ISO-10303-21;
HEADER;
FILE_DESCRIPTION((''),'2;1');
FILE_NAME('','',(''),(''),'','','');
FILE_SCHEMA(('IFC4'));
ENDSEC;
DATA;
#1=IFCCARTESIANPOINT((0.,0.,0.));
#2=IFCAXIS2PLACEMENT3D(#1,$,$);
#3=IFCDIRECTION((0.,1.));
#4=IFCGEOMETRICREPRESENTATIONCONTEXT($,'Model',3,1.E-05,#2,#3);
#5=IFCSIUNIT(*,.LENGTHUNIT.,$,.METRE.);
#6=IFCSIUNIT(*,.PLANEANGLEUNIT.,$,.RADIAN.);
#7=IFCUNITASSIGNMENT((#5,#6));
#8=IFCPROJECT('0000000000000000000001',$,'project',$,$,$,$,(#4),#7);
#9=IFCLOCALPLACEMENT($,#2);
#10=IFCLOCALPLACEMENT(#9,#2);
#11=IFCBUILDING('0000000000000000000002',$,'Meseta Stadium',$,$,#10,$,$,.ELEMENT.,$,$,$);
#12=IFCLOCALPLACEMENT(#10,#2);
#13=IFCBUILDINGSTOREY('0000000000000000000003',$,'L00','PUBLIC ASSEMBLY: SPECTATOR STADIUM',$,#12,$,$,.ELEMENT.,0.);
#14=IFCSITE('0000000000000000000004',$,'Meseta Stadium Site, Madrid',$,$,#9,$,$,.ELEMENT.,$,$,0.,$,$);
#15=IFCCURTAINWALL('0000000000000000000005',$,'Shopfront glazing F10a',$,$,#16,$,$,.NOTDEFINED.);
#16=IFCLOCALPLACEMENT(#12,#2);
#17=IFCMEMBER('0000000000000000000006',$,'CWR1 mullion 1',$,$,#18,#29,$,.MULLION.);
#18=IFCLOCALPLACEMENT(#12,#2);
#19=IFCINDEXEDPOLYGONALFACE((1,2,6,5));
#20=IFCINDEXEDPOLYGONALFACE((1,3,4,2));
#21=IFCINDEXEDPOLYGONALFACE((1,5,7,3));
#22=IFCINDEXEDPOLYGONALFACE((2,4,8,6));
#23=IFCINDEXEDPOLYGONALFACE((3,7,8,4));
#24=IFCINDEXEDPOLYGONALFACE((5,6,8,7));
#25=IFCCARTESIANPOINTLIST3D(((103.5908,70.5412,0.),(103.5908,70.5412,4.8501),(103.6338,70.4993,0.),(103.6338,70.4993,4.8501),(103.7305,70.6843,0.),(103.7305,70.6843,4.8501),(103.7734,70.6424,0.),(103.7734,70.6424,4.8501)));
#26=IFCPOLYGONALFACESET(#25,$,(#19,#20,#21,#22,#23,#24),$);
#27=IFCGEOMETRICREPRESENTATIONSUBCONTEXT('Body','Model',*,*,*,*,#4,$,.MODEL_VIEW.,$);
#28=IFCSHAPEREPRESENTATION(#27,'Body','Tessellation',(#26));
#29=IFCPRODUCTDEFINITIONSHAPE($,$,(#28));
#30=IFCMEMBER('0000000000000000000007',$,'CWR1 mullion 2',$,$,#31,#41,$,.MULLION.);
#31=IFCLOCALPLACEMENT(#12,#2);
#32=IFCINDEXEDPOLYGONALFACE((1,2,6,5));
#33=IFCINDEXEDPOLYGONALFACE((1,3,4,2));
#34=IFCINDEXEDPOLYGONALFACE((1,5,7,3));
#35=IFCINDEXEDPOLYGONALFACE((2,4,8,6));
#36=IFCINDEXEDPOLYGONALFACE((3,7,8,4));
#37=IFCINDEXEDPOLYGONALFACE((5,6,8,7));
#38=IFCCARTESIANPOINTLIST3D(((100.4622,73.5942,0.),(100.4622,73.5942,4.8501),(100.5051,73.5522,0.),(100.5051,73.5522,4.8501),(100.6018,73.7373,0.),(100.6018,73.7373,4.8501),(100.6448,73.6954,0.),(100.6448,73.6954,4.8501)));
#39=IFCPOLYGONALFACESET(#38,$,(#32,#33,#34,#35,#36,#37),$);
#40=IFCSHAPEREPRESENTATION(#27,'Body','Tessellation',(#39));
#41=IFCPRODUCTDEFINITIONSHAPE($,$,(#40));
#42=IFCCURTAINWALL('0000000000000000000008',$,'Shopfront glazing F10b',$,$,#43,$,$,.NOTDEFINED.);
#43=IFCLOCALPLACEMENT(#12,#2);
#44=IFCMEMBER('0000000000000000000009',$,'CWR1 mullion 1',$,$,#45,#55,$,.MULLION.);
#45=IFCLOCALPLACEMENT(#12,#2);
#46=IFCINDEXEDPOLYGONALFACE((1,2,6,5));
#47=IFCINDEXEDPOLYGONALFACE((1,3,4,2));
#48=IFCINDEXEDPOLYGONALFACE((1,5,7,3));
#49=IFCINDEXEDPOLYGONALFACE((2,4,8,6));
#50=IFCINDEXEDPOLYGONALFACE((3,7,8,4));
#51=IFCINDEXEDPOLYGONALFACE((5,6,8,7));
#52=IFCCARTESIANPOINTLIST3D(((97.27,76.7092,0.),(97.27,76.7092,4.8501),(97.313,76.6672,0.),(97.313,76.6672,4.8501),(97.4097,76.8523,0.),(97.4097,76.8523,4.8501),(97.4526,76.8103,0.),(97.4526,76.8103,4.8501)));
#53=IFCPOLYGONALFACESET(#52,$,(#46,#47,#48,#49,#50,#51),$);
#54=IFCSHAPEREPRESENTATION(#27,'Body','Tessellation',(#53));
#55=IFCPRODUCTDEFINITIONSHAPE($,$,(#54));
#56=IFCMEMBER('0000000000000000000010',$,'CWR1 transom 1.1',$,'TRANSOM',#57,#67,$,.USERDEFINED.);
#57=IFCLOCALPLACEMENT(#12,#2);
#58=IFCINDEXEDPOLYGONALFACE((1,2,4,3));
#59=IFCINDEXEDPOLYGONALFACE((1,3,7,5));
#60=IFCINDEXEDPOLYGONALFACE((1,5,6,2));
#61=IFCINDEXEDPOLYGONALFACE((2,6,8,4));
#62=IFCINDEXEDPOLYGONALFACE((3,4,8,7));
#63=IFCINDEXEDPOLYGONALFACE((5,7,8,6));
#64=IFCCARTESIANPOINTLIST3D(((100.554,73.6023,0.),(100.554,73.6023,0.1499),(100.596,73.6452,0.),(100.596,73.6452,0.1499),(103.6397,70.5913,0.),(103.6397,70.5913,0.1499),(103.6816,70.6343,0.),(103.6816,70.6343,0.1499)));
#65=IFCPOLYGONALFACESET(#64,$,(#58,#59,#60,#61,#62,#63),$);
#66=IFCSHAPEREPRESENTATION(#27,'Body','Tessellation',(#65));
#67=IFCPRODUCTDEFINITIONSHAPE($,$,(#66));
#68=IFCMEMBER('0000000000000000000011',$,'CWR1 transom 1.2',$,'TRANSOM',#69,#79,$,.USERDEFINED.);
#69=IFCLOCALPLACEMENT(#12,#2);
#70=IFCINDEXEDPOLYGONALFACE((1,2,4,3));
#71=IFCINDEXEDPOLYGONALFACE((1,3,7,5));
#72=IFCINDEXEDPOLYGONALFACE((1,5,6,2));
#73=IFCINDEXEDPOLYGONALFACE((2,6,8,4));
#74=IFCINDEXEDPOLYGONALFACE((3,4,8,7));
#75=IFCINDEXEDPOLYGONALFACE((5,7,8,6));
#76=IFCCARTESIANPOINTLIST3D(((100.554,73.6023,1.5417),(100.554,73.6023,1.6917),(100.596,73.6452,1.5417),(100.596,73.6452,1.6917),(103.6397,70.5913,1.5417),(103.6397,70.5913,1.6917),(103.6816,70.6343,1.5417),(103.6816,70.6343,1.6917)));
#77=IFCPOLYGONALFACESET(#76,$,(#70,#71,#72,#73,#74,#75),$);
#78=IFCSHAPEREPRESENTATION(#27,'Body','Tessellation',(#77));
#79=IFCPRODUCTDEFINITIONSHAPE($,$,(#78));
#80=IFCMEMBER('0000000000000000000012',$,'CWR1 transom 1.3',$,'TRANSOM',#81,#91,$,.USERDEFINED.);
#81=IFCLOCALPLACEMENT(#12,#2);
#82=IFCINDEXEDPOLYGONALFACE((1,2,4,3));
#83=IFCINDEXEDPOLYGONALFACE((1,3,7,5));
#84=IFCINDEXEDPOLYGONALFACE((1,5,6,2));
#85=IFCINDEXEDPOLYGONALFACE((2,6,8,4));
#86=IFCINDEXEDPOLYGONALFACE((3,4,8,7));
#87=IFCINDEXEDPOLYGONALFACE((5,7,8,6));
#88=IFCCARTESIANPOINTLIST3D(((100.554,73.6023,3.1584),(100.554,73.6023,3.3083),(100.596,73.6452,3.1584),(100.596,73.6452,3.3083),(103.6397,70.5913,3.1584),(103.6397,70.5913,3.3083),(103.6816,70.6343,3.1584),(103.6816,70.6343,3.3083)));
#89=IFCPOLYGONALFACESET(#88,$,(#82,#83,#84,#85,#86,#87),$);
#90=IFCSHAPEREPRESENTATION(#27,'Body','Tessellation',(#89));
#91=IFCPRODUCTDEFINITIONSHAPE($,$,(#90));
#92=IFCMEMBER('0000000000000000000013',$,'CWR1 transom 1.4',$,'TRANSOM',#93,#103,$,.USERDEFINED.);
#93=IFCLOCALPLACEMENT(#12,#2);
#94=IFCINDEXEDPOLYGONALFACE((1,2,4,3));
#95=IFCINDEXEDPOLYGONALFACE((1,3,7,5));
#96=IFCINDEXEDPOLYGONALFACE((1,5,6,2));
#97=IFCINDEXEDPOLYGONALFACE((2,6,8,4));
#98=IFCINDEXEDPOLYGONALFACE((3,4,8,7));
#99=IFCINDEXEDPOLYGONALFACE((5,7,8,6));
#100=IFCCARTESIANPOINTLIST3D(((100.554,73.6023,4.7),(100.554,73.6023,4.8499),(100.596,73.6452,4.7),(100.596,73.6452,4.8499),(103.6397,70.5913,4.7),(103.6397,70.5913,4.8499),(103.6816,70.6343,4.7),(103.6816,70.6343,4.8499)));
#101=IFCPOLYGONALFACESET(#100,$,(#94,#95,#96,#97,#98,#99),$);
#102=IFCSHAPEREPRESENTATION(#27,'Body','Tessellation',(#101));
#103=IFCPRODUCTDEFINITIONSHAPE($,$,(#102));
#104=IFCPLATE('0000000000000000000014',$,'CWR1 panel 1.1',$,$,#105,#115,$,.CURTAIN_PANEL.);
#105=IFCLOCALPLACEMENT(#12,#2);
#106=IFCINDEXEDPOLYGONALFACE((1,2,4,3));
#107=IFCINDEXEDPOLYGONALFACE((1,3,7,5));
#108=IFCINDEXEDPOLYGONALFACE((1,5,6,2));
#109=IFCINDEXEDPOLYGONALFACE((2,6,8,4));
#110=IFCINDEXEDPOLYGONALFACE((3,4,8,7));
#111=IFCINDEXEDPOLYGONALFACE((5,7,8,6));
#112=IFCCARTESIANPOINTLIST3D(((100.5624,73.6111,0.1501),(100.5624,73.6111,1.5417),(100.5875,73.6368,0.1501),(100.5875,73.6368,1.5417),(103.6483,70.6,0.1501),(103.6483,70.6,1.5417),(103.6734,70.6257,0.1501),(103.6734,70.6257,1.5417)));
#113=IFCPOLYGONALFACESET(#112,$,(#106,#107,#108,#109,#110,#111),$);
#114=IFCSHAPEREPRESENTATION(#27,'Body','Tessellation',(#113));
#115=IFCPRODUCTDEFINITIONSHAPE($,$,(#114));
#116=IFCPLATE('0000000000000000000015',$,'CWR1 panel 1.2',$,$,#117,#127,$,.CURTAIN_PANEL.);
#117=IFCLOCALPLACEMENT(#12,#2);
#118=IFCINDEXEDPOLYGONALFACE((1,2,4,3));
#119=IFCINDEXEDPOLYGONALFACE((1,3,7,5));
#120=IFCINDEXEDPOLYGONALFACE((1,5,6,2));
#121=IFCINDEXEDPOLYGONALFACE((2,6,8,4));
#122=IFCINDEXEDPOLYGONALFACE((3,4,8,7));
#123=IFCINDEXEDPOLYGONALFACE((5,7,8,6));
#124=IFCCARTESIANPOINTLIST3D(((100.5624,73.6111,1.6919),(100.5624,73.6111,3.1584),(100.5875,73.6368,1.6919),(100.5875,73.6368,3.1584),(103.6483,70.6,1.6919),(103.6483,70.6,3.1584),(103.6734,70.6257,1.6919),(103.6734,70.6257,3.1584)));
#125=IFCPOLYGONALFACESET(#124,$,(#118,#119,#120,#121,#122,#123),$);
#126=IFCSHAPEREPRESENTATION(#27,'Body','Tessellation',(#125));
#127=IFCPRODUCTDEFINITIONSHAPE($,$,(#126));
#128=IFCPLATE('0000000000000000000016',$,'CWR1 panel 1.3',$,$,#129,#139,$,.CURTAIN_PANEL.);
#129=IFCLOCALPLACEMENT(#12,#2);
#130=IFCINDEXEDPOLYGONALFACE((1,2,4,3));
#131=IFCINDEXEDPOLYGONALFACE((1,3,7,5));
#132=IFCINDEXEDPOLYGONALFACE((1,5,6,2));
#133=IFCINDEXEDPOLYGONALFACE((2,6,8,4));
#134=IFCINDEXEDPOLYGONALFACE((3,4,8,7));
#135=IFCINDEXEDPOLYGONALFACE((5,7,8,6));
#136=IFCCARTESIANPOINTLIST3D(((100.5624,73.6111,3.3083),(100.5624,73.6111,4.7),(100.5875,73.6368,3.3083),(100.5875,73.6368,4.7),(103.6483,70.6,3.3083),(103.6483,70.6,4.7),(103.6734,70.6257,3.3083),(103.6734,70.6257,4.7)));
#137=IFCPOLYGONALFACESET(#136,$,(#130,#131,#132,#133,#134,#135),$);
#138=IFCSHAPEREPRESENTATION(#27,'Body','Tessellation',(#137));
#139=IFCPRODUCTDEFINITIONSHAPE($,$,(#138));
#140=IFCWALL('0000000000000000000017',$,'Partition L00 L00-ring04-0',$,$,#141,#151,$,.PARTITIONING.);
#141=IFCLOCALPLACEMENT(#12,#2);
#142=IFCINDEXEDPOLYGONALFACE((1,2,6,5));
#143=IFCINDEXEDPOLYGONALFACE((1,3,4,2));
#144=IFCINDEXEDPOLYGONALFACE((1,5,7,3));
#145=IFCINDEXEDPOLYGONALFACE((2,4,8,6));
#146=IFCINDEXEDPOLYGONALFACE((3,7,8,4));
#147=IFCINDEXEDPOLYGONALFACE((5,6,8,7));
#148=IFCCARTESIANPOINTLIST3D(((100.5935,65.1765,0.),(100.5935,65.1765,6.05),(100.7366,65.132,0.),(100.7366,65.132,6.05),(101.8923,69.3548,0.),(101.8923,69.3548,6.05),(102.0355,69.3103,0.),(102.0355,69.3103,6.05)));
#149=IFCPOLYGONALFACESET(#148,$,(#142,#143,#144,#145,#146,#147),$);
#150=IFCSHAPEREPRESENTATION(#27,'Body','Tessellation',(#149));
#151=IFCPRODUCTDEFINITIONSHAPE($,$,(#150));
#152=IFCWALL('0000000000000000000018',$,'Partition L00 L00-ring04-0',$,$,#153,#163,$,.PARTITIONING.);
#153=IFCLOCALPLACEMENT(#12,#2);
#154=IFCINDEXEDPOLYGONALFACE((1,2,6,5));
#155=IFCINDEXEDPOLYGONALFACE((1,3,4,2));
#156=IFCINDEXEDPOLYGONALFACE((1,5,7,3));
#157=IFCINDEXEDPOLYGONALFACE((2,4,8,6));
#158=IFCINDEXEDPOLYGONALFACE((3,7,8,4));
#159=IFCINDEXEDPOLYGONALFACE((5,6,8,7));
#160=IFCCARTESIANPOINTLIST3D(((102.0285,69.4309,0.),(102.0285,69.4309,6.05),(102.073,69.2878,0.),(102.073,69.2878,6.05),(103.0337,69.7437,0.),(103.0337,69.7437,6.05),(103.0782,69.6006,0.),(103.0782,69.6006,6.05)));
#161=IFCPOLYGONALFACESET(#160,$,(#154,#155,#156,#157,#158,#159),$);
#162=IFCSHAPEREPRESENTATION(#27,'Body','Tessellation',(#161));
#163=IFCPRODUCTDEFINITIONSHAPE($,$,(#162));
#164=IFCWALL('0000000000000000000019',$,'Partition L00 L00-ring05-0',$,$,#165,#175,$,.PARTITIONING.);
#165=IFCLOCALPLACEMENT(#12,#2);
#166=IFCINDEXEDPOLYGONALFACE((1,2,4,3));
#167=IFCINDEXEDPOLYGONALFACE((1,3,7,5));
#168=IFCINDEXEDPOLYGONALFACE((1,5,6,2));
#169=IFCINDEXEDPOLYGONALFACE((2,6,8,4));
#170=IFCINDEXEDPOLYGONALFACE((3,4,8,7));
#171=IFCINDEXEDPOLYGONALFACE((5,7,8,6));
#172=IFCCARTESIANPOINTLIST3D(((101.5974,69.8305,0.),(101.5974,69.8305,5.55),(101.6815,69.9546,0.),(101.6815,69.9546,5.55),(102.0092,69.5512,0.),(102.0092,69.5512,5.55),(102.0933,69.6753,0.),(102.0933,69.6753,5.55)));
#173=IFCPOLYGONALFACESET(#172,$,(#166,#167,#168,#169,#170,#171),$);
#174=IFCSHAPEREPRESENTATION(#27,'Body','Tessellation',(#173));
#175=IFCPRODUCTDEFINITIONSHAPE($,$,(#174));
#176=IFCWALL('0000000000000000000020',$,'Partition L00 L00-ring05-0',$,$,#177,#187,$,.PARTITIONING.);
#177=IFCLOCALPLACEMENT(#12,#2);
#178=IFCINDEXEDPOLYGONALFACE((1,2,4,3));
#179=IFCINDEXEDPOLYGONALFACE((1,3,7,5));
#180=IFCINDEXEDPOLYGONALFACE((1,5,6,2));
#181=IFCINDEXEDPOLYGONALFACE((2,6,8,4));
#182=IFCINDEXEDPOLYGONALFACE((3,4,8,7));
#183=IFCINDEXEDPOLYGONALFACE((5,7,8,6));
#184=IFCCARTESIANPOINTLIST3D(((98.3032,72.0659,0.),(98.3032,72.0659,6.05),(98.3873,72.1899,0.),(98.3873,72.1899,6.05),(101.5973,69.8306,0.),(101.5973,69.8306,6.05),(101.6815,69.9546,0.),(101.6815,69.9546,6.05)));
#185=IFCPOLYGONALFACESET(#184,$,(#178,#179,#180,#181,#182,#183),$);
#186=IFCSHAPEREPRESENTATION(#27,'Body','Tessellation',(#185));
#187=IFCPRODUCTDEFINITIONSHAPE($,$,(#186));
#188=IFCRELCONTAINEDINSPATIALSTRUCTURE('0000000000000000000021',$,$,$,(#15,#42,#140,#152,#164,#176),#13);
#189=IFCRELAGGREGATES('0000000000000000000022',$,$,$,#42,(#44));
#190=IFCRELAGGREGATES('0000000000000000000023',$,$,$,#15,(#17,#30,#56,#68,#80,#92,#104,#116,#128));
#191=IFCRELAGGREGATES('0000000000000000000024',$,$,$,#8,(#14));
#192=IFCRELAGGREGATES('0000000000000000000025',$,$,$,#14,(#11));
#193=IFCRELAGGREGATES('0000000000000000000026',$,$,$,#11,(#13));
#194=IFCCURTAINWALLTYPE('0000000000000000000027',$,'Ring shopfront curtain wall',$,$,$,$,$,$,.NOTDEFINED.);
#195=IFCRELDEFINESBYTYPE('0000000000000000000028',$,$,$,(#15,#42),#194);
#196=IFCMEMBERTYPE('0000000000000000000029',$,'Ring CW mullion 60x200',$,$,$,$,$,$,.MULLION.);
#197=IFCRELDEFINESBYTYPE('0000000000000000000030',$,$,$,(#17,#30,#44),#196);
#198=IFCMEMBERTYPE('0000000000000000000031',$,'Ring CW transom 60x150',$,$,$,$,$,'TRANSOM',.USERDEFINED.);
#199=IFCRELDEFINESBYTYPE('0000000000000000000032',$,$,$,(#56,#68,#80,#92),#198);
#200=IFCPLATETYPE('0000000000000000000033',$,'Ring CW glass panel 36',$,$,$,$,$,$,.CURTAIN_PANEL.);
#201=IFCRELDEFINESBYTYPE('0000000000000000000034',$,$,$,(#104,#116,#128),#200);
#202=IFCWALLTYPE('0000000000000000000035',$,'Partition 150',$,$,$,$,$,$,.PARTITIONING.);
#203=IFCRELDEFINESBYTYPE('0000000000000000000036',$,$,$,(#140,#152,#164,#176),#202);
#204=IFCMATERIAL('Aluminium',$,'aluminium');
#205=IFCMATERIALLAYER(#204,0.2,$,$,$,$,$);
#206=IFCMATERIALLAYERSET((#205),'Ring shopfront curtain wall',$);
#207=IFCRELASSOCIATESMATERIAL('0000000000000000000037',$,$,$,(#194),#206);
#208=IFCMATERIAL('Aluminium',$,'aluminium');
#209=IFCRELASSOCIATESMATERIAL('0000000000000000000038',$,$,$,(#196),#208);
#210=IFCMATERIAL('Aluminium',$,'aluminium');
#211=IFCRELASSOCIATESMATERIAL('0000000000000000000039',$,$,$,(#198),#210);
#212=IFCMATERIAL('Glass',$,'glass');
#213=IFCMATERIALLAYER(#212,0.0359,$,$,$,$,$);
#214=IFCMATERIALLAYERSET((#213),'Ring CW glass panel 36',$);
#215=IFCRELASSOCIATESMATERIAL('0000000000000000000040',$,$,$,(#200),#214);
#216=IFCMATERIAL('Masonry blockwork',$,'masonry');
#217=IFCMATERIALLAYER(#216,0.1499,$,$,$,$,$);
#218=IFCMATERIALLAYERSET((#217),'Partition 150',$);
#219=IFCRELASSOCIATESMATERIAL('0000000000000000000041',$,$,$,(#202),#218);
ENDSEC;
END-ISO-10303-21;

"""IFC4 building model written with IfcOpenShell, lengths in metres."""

from ifc_helpers import new_model, si_unit, direction, frame, frame_2d, origin, origin_2d, place, context, subcontext, project, spatial, rectangle, extrude, material, layer, layer_set, material_profile, profile_set, type_object, element, aggregate, save


model = new_model("IFC4")

# Units and contexts
model_context = context("Model", 3, precision=1e-05, world=origin(), true_north=direction((0.0, 1.0)))
body_context = subcontext(model_context, "Body", "Model", "MODEL_VIEW")
ifc_project = project(units=[si_unit("LENGTHUNIT", "METRE"), si_unit("PLANEANGLEUNIT", "RADIAN")], contexts=[model_context])

# Site, building, storey
site_placement = place(None, origin())
site = spatial("IfcSite", under=ifc_project, at=site_placement, Name="Meseta Stadium Site, Madrid", CompositionType="ELEMENT", RefElevation=0.0)
building_placement = place(site_placement, origin())
building = spatial("IfcBuilding", under=site, at=building_placement, Name="Meseta Stadium", CompositionType="ELEMENT")
storey_placement = place(building_placement, origin())
storey = spatial("IfcBuildingStorey", under=building, at=storey_placement, Name="L00", Description="PUBLIC ASSEMBLY: SPECTATOR STADIUM", CompositionType="ELEMENT", Elevation=0.0)

# Curtain wall, members
ifc_material_1 = material(Name="Aluminium", Category="aluminium")
ifc_layer_1 = layer(ifc_material_1, 0.2)
ifc_layer_set_1 = layer_set([ifc_layer_1], Name="Ring shopfront curtain wall")
curtain_wall_type = type_object("IfcCurtainWallType", Name="Ring shopfront curtain wall", PredefinedType="NOTDEFINED", material=ifc_layer_set_1)
curtain_wall_1_placement = place(storey_placement, origin())
curtain_wall_1 = element("IfcCurtainWall", 1, at=curtain_wall_1_placement, inside=storey, type_object=curtain_wall_type, Name="Shopfront glazing F10a", PredefinedType="NOTDEFINED")
ifc_material_2 = material(Name="Aluminium", Category="aluminium")
ifc_material_profile_1 = material_profile(ifc_material_2, rectangle(XDim=0.2, YDim=0.0601, at=origin_2d()), Name="CW 200x60")
ifc_profile_set_1 = profile_set([ifc_material_profile_1], Name="Aluminium")
member_type_1 = type_object("IfcMemberType", Name="Ring CW mullion 60x200", PredefinedType="MULLION", material=ifc_profile_set_1)
member_1_placement = place(storey_placement, frame((103.6821, 70.5918, 0.0), z_axis=(0.0, 0.0, 1.0), x_axis=(-0.698377, -0.71573, 0.0)))
member_1 = element("IfcMember", 2, at=member_1_placement, type_object=member_type_1, Name="CWR1 mullion 1", PredefinedType="MULLION", context=body_context, shape_type="SweptSolid", body=[
    extrude(rectangle(XDim=0.2, YDim=0.0601, at=origin_2d()), origin(), (0.0, 0.0, 1.0), 4.8501),
])
member_2_placement = place(storey_placement, frame((100.5535, 73.6448, 0.0), z_axis=(0.0, 0.0, 1.0), x_axis=(-0.698377, -0.71573, 0.0)))
member_2 = element("IfcMember", 3, at=member_2_placement, type_object=member_type_1, Name="CWR1 mullion 2", PredefinedType="MULLION", context=body_context, shape_type="SweptSolid", body=[
    extrude(rectangle(XDim=0.2, YDim=0.0601, at=origin_2d()), origin(), (0.0, 0.0, 1.0), 4.8501),
])

# Curtain wall, member
curtain_wall_2_placement = place(storey_placement, origin())
curtain_wall_2 = element("IfcCurtainWall", 4, at=curtain_wall_2_placement, inside=storey, type_object=curtain_wall_type, Name="Shopfront glazing F10b", PredefinedType="NOTDEFINED")
member_3_placement = place(storey_placement, frame((97.3613, 76.7598, 0.0), z_axis=(0.0, 0.0, 1.0), x_axis=(-0.698389, -0.715719, 0.0)))
member_3 = element("IfcMember", 5, at=member_3_placement, type_object=member_type_1, Name="CWR1 mullion 1", PredefinedType="MULLION", context=body_context, shape_type="SweptSolid", body=[
    extrude(rectangle(XDim=0.2, YDim=0.0601, at=origin_2d()), origin(), (0.0, 0.0, 1.0), 4.8501),
])
aggregate(curtain_wall_2, [member_3])

# Members
ifc_material_3 = material(Name="Aluminium", Category="aluminium")
ifc_material_profile_2 = material_profile(ifc_material_3, rectangle(XDim=0.0601, YDim=0.1499, at=origin_2d()), Name="CW 60x150")
ifc_profile_set_2 = profile_set([ifc_material_profile_2], Name="Aluminium")
member_type_2 = type_object("IfcMemberType", Name="Ring CW transom 60x150", ElementType="TRANSOM", PredefinedType="USERDEFINED", material=ifc_profile_set_2)
member_4_placement = place(storey_placement, frame((103.6606, 70.6128, 0.075), z_axis=(-0.715718, 0.69839, 0.0), x_axis=(-0.69839, -0.715718, 0.0)))
member_4 = element("IfcMember", 6, at=member_4_placement, type_object=member_type_2, Name="CWR1 transom 1.1", ObjectType="TRANSOM", PredefinedType="USERDEFINED", context=body_context, shape_type="SweptSolid", body=[
    extrude(rectangle(XDim=0.0601, YDim=0.1499, at=origin_2d()), origin(), (0.0, 0.0, 1.0), 4.3113),
])
member_5_placement = place(storey_placement, frame((103.6606, 70.6128, 1.6167), z_axis=(-0.715718, 0.69839, 0.0), x_axis=(-0.69839, -0.715718, 0.0)))
member_5 = element("IfcMember", 7, at=member_5_placement, type_object=member_type_2, Name="CWR1 transom 1.2", ObjectType="TRANSOM", PredefinedType="USERDEFINED", context=body_context, shape_type="SweptSolid", body=[
    extrude(rectangle(XDim=0.0601, YDim=0.1499, at=origin_2d()), origin(), (0.0, 0.0, 1.0), 4.3113),
])
member_6_placement = place(storey_placement, frame((103.6606, 70.6128, 3.2334), z_axis=(-0.715718, 0.69839, 0.0), x_axis=(-0.69839, -0.715718, 0.0)))
member_6 = element("IfcMember", 8, at=member_6_placement, type_object=member_type_2, Name="CWR1 transom 1.3", ObjectType="TRANSOM", PredefinedType="USERDEFINED", context=body_context, shape_type="SweptSolid", body=[
    extrude(rectangle(XDim=0.0601, YDim=0.1499, at=origin_2d()), origin(), (0.0, 0.0, 1.0), 4.3113),
])
member_7_placement = place(storey_placement, frame((103.6606, 70.6128, 4.7749), z_axis=(-0.715718, 0.69839, 0.0), x_axis=(-0.69839, -0.715718, 0.0)))
member_7 = element("IfcMember", 9, at=member_7_placement, type_object=member_type_2, Name="CWR1 transom 1.4", ObjectType="TRANSOM", PredefinedType="USERDEFINED", context=body_context, shape_type="SweptSolid", body=[
    extrude(rectangle(XDim=0.0601, YDim=0.1499, at=origin_2d()), origin(), (0.0, 0.0, 1.0), 4.3113),
])

# Plates
ifc_material_4 = material(Name="Glass", Category="glass")
ifc_layer_2 = layer(ifc_material_4, 0.0359)
ifc_layer_set_2 = layer_set([ifc_layer_2], Name="Ring CW glass panel 36")
plate_type = type_object("IfcPlateType", Name="Ring CW glass panel 36", PredefinedType="CURTAIN_PANEL", material=ifc_layer_set_2)
plate_1_placement = place(storey_placement, frame((102.1179, 72.1184, 0.1501), z_axis=(0.0, 0.0, 1.0), x_axis=(-0.71573, 0.698377, 0.0)))
plate_1 = element("IfcPlate", 10, at=plate_1_placement, type_object=plate_type, Name="CWR1 panel 1.1", PredefinedType="CURTAIN_PANEL", context=body_context, shape_type="SweptSolid", body=[
    extrude(rectangle(XDim=4.3115, YDim=0.0359, at=origin_2d()), origin(), (0.0, 0.0, 1.0), 1.3916),
])
plate_2_placement = place(storey_placement, frame((102.1179, 72.1184, 1.6919), z_axis=(0.0, 0.0, 1.0), x_axis=(-0.71573, 0.698377, 0.0)))
plate_2 = element("IfcPlate", 11, at=plate_2_placement, type_object=plate_type, Name="CWR1 panel 1.2", PredefinedType="CURTAIN_PANEL", context=body_context, shape_type="SweptSolid", body=[
    extrude(rectangle(XDim=4.3115, YDim=0.0359, at=origin_2d()), origin(), (0.0, 0.0, 1.0), 1.4666),
])
plate_3_placement = place(storey_placement, frame((102.1179, 72.1184, 3.3083), z_axis=(0.0, 0.0, 1.0), x_axis=(-0.71573, 0.698377, 0.0)))
plate_3 = element("IfcPlate", 12, at=plate_3_placement, type_object=plate_type, Name="CWR1 panel 1.3", PredefinedType="CURTAIN_PANEL", context=body_context, shape_type="SweptSolid", body=[
    extrude(rectangle(XDim=4.3115, YDim=0.0359, at=origin_2d()), origin(), (0.0, 0.0, 1.0), 1.3916),
])
aggregate(curtain_wall_1, [member_1, member_2, member_4, member_5, member_6, member_7, plate_1, plate_2, plate_3])

# Walls
ifc_material_5 = material(Name="Masonry blockwork", Category="masonry")
ifc_layer_3 = layer(ifc_material_5, 0.1499)
ifc_layer_set_3 = layer_set([ifc_layer_3], Name="Partition 150")
wall_type_1 = type_object("IfcWallType", Name="Partition 150", PredefinedType="PARTITIONING", material=ifc_layer_set_3)
wall_1_placement = place(storey_placement, frame((100.665, 65.1543, 0.0), z_axis=(0.0, 0.0, 1.0), x_axis=(0.296845, 0.954926, 0.0)))
element("IfcWall", 13, at=wall_1_placement, inside=storey, type_object=wall_type_1, Name="Partition L00 L00-ring04-0", PredefinedType="PARTITIONING", context=body_context, shape_type="SweptSolid", body=[
    extrude(rectangle(XDim=4.3755, YDim=0.1499, at=frame_2d((2.1877, 0.0))), origin(), (0.0, 0.0, 1.0), 6.05),
])
wall_2_placement = place(storey_placement, frame((102.0508, 69.3594, 0.0), z_axis=(0.0, 0.0, 1.0), x_axis=(0.954847, 0.297099, 0.0)))
element("IfcWall", 14, at=wall_2_placement, inside=storey, type_object=wall_type_1, Name="Partition L00 L00-ring04-0", PredefinedType="PARTITIONING", context=body_context, shape_type="SweptSolid", body=[
    extrude(rectangle(XDim=1.0527, YDim=0.1499, at=frame_2d((0.5264, 0.0))), origin(), (0.0, 0.0, 1.0), 6.05),
])
wall_3_placement = place(storey_placement, frame((102.0513, 69.6133, 0.0), z_axis=(0.0, 0.0, 1.0), x_axis=(-0.827647, 0.561249, 0.0)))
element("IfcWall", 15, at=wall_3_placement, inside=storey, type_object=wall_type_1, Name="Partition L00 L00-ring05-0", PredefinedType="PARTITIONING", context=body_context, shape_type="SweptSolid", body=[
    extrude(rectangle(XDim=0.4976, YDim=0.1499, at=frame_2d((0.2488, 0.0))), origin(), (0.0, 0.0, 1.0), 5.55),
])
wall_4_placement = place(storey_placement, frame((101.6394, 69.8926, 0.0), z_axis=(0.0, 0.0, 1.0), x_axis=(-0.827475, 0.561503, 0.0)))
element("IfcWall", 16, at=wall_4_placement, inside=storey, type_object=wall_type_1, Name="Partition L00 L00-ring05-0", PredefinedType="PARTITIONING", context=body_context, shape_type="SweptSolid", body=[
    extrude(rectangle(XDim=3.981, YDim=0.1499, at=frame_2d((1.9905, 0.0))), origin(), (0.0, 0.0, 1.0), 6.05),
])

save(model, "model.ifc")
